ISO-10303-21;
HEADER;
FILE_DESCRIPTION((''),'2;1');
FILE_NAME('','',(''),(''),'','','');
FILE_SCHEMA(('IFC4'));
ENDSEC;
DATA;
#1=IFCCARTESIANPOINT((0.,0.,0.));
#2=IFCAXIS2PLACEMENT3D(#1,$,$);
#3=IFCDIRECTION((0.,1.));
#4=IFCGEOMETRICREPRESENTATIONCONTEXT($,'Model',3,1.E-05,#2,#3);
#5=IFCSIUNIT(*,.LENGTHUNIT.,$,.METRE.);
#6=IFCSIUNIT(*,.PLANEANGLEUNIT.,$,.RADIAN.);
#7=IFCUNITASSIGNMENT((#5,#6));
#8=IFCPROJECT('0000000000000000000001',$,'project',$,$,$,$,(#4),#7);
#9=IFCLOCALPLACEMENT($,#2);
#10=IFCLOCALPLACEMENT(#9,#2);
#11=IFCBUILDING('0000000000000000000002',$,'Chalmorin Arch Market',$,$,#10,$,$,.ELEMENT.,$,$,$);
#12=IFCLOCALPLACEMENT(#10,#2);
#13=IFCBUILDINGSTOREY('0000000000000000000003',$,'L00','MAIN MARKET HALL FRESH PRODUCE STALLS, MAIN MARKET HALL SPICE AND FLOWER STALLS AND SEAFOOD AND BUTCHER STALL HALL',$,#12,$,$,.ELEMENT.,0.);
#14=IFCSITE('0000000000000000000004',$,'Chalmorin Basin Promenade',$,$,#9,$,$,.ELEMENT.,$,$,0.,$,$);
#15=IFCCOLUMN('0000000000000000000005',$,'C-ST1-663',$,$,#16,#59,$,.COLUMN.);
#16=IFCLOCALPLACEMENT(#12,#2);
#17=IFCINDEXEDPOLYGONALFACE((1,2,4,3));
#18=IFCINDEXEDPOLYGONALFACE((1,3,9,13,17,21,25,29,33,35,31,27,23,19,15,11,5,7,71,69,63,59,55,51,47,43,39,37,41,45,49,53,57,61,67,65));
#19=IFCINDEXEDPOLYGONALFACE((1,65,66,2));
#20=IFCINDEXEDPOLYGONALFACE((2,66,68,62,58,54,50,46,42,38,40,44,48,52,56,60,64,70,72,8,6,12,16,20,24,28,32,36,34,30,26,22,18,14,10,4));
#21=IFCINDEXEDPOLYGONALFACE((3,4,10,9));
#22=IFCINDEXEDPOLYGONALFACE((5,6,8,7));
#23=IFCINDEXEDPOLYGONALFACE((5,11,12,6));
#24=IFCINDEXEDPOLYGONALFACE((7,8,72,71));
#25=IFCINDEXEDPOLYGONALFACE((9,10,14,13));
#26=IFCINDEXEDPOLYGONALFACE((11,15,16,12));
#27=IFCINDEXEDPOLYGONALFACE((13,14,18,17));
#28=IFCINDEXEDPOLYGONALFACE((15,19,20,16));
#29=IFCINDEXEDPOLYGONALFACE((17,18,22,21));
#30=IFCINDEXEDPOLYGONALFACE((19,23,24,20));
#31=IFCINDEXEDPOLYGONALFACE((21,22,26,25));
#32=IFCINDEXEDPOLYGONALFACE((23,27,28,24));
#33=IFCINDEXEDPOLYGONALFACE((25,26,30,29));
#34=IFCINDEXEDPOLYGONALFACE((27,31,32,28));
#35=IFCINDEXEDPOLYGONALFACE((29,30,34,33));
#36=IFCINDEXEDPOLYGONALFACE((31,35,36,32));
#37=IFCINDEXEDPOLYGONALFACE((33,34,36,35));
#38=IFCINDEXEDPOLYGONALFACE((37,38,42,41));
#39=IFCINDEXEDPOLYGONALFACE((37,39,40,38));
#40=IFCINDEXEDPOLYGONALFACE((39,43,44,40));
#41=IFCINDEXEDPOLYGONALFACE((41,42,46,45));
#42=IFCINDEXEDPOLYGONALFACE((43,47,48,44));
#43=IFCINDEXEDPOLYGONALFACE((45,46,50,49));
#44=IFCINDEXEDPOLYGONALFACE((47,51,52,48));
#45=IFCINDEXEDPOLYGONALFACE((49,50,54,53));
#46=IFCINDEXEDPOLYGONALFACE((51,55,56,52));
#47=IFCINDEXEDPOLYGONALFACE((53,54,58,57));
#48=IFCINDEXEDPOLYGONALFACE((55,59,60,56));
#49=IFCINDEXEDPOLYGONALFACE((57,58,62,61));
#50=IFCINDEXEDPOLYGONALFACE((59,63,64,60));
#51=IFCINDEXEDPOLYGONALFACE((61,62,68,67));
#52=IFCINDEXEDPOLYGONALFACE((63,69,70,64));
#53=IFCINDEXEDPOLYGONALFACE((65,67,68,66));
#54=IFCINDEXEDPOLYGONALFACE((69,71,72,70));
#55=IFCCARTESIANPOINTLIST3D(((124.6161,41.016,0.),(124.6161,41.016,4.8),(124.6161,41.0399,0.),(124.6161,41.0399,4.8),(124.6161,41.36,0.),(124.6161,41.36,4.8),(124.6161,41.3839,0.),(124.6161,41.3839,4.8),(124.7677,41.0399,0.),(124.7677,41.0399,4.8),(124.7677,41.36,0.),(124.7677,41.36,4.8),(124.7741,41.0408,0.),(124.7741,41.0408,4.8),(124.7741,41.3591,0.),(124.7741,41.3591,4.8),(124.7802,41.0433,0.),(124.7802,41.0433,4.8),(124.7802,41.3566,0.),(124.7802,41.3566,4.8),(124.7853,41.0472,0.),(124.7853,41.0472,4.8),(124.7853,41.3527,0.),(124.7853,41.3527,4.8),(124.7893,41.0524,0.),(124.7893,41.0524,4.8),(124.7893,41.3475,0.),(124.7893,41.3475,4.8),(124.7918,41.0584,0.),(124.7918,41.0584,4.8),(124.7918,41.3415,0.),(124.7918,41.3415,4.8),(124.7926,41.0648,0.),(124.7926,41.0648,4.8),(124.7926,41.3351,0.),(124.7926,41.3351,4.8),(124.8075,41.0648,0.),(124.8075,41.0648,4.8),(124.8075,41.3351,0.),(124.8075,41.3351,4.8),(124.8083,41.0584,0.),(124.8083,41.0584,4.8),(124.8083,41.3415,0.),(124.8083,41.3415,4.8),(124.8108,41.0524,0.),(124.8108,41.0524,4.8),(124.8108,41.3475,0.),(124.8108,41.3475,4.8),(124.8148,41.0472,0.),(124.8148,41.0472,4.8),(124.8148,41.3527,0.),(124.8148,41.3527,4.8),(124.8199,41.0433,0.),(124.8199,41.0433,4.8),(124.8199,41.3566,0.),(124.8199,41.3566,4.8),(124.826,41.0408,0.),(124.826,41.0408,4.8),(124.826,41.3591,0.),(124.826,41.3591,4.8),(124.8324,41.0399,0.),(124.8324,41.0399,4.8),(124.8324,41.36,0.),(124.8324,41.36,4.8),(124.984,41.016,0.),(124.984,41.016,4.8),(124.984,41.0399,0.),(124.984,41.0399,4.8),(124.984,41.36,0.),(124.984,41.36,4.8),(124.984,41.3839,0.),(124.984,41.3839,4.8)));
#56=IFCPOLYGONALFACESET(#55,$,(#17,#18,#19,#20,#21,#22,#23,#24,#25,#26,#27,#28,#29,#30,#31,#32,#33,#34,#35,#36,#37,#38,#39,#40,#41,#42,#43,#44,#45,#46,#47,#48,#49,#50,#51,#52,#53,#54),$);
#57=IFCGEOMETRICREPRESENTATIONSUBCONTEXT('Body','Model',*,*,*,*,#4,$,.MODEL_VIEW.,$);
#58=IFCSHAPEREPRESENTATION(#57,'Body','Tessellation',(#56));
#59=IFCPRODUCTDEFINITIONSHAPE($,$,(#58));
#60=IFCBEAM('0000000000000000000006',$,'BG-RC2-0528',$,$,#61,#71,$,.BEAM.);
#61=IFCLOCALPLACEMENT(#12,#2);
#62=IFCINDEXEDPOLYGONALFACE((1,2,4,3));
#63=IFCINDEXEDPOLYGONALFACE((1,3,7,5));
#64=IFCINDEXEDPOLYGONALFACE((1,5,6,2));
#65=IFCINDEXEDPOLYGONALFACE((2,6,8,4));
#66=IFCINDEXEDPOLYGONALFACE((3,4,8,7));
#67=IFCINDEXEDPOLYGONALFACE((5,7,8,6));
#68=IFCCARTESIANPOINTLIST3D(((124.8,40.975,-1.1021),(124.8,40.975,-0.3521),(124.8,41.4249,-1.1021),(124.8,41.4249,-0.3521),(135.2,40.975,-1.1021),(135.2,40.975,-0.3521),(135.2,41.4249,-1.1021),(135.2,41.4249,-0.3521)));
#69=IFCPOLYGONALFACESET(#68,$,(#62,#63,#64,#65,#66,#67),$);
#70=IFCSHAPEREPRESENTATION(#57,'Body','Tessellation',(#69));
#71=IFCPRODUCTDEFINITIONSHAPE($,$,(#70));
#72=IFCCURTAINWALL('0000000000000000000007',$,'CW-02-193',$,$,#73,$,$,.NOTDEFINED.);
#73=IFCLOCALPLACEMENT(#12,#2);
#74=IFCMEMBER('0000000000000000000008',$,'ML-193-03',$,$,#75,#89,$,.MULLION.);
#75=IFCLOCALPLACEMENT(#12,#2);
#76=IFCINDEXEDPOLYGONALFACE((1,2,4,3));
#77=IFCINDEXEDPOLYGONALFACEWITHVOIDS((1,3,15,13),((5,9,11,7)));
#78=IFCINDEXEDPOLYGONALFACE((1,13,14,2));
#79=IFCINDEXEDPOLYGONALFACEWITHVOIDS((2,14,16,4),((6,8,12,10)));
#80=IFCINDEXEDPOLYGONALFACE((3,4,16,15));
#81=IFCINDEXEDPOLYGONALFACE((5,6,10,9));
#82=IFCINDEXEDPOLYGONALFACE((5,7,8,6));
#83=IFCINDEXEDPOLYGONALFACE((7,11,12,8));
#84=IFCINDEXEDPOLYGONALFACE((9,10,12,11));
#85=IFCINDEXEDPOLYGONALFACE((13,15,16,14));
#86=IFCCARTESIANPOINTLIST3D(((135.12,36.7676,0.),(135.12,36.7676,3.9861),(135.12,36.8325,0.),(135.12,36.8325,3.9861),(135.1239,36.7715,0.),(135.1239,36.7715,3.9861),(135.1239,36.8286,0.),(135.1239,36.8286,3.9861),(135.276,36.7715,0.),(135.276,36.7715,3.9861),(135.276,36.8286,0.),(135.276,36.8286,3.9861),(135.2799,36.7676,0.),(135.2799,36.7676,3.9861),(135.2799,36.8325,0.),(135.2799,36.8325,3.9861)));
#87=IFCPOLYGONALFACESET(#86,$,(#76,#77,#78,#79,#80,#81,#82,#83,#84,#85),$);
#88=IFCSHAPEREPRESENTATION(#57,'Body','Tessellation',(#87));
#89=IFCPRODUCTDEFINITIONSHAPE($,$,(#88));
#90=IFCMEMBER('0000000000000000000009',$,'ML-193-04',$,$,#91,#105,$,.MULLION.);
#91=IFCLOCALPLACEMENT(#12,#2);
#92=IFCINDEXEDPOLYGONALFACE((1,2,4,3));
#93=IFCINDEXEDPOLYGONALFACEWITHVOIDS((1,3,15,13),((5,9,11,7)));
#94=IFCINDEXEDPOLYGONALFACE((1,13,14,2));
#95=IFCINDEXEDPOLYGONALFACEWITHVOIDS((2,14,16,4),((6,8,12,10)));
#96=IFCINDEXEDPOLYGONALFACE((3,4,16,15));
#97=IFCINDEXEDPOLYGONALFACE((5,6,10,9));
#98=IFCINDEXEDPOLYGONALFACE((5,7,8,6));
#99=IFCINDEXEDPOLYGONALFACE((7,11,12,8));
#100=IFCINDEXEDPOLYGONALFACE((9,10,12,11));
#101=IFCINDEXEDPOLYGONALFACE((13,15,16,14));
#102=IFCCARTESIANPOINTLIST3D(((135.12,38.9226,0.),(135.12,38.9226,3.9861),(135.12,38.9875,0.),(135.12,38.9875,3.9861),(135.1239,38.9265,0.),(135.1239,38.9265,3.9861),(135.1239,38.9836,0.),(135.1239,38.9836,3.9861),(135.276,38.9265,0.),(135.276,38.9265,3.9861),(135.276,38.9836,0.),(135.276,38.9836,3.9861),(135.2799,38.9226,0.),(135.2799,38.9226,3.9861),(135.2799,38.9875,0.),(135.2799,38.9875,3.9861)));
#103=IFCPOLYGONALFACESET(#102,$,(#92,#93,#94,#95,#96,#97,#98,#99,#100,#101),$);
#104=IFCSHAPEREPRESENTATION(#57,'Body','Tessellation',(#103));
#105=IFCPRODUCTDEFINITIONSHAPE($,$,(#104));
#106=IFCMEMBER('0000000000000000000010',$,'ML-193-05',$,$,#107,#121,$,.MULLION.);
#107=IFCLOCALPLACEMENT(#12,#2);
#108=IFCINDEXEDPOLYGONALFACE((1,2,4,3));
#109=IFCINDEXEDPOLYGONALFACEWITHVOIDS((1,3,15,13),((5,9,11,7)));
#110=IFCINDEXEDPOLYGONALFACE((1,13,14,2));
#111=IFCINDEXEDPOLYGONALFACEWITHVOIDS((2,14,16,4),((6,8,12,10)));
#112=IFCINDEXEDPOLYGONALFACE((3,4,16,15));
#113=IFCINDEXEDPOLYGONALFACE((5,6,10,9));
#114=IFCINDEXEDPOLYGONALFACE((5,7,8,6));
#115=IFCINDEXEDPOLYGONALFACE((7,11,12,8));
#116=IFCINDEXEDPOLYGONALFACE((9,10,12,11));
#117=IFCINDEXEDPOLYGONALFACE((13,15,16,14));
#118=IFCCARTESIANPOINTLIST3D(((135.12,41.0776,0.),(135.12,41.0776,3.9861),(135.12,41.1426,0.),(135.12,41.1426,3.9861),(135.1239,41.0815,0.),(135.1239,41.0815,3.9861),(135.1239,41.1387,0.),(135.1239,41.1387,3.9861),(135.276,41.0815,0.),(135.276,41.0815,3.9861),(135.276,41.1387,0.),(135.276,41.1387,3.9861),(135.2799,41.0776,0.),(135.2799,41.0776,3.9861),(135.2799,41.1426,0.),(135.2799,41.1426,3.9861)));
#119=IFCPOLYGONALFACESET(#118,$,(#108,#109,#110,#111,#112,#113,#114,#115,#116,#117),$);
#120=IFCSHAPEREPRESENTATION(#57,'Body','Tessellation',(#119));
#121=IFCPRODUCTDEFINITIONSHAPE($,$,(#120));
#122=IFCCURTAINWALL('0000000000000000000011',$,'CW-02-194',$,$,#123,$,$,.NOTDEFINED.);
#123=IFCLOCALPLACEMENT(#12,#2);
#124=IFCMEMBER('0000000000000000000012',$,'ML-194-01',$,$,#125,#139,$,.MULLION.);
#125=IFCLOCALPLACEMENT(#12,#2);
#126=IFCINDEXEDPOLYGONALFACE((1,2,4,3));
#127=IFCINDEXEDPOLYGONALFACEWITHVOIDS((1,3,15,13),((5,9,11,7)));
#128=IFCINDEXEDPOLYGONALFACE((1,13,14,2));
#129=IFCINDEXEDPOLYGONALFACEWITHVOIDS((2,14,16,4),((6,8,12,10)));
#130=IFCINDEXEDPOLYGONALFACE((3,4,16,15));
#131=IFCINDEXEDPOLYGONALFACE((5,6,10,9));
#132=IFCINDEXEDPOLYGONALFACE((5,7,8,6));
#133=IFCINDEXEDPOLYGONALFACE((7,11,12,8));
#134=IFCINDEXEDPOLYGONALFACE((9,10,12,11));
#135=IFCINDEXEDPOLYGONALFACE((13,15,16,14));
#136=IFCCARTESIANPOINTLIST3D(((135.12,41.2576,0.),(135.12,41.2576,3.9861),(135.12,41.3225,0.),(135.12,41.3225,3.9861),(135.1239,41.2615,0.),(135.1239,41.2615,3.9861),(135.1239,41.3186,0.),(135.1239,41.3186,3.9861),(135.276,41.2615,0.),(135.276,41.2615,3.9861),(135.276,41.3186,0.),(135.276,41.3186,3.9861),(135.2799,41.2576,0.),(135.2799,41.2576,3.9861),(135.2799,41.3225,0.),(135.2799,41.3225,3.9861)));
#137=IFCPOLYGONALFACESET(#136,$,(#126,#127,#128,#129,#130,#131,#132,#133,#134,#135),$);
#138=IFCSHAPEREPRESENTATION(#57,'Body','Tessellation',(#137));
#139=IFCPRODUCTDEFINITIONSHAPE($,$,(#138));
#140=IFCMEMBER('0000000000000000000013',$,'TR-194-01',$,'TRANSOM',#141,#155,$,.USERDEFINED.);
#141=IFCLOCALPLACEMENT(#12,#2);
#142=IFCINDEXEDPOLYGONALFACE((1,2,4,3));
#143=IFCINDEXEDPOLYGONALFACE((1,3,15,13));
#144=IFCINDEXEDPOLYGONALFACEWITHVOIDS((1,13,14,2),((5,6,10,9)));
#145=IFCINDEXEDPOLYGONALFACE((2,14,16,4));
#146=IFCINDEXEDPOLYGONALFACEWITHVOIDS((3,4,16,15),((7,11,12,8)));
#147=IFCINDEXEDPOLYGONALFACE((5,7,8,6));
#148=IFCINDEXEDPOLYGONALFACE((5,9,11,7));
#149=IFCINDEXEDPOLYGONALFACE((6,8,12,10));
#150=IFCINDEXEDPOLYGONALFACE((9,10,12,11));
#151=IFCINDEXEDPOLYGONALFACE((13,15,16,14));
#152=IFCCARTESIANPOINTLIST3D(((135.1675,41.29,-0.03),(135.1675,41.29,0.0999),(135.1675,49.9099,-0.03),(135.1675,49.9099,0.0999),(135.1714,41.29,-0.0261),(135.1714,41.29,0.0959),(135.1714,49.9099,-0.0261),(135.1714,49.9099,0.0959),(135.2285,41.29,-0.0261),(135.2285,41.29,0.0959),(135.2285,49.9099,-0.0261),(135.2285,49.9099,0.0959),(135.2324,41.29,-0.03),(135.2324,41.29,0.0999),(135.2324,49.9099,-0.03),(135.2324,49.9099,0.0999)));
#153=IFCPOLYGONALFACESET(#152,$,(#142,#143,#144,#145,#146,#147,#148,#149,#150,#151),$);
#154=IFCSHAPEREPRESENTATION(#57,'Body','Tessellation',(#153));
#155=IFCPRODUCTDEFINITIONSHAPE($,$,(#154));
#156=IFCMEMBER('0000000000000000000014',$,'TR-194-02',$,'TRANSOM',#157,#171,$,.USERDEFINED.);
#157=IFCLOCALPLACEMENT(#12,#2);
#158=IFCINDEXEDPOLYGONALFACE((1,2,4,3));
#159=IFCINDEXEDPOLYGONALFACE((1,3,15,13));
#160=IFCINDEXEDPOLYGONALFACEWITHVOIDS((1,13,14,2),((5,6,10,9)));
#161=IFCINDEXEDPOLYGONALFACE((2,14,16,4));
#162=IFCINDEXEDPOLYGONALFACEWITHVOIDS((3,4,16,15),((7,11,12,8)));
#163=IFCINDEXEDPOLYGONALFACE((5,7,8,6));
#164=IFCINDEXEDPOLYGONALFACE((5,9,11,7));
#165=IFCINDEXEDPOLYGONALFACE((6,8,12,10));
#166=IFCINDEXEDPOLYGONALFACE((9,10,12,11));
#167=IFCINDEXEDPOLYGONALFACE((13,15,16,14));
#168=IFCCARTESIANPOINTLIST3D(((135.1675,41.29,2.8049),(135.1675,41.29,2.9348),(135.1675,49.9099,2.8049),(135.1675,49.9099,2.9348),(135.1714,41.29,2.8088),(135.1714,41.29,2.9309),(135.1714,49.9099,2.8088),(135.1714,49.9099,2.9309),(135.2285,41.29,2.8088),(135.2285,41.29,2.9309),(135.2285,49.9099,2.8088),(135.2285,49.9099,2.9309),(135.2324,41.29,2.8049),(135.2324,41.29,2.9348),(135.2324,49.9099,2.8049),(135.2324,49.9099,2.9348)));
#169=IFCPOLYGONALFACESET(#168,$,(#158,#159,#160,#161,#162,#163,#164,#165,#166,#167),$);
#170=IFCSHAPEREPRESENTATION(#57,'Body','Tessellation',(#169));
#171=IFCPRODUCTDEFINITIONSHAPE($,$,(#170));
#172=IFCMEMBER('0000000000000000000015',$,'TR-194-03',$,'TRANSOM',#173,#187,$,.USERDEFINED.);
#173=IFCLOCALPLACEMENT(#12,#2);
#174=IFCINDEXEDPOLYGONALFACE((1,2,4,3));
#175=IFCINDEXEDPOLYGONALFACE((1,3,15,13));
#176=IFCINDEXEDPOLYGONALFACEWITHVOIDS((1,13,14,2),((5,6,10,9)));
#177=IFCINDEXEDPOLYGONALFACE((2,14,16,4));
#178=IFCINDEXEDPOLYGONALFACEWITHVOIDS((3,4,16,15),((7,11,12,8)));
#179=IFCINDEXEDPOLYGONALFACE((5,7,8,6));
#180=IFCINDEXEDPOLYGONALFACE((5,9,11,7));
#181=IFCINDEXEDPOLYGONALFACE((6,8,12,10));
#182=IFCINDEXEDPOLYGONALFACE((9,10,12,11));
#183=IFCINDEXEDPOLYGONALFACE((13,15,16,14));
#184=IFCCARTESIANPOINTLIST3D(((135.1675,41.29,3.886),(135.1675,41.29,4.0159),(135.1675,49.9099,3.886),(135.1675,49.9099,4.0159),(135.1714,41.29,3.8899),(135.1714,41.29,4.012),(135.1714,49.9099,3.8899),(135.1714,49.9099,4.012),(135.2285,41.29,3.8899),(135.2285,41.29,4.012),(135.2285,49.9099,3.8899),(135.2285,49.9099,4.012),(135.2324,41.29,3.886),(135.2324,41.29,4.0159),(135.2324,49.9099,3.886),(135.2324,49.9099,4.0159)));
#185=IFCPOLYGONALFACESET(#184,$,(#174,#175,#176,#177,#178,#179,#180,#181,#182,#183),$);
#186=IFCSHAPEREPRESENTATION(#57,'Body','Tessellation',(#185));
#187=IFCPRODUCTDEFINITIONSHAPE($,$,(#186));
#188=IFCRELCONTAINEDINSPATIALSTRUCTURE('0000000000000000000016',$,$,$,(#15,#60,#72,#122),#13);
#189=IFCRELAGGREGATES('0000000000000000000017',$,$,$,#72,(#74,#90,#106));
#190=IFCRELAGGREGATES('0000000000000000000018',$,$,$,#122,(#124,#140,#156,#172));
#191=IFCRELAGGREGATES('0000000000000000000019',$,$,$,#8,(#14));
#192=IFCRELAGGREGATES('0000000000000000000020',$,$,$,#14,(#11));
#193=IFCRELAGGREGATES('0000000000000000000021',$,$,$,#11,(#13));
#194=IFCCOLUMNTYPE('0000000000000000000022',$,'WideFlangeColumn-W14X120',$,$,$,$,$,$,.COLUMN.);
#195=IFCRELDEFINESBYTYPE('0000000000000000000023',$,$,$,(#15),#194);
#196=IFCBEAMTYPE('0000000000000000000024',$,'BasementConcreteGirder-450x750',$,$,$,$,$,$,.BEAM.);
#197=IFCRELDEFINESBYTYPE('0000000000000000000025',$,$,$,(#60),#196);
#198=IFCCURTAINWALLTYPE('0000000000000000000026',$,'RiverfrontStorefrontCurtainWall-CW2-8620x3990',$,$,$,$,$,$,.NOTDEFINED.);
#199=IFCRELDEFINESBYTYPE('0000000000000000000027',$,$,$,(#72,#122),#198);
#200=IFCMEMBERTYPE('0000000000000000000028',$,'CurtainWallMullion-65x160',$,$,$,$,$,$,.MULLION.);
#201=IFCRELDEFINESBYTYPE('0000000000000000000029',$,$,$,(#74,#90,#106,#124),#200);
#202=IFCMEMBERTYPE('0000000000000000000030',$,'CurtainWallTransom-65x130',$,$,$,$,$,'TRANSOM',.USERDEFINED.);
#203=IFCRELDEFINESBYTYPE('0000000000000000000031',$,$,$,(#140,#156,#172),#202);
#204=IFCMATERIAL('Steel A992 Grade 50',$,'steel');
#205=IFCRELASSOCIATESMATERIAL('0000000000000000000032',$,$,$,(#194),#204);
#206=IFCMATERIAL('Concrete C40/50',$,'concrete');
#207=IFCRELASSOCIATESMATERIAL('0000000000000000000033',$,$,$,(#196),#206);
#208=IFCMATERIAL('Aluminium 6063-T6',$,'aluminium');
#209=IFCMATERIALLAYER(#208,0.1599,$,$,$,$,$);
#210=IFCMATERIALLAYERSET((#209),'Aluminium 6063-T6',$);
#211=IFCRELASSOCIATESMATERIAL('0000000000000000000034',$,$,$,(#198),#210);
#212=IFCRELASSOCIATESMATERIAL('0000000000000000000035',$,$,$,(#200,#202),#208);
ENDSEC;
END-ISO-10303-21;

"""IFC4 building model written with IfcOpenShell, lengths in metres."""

from ifc_helpers import new_model, si_unit, direction, frame, origin, origin_2d, place, context, subcontext, project, spatial, rectangle, hollow_rectangle, i_section, extrude, material, layer, layer_set, material_profile, profile_set, type_object, element, aggregate, save


model = new_model("IFC4")

# Units and contexts
model_context = context("Model", 3, precision=1e-05, world=origin(), true_north=direction((0.0, 1.0)))
body_context = subcontext(model_context, "Body", "Model", "MODEL_VIEW")
ifc_project = project(units=[si_unit("LENGTHUNIT", "METRE"), si_unit("PLANEANGLEUNIT", "RADIAN")], contexts=[model_context])

# Site, building, storey
site_placement = place(None, origin())
site = spatial("IfcSite", under=ifc_project, at=site_placement, Name="Chalmorin Basin Promenade", CompositionType="ELEMENT", RefElevation=0.0)
building_placement = place(site_placement, origin())
building = spatial("IfcBuilding", under=site, at=building_placement, Name="Chalmorin Arch Market", CompositionType="ELEMENT")
storey_placement = place(building_placement, origin())
storey = spatial("IfcBuildingStorey", under=building, at=storey_placement, Name="L00", Description="MAIN MARKET HALL FRESH PRODUCE STALLS, MAIN MARKET HALL SPICE AND FLOWER STALLS AND SEAFOOD AND BUTCHER STALL HALL", CompositionType="ELEMENT", Elevation=0.0)

# Column
ifc_material_1 = material(Name="Steel A992 Grade 50", Category="steel")
ifc_material_profile_1 = material_profile(ifc_material_1, i_section(OverallWidth=0.3679, OverallDepth=0.3679, WebThickness=0.0149, FlangeThickness=0.0239, FilletRadius=0.0249, at=origin_2d()), Name="W14X120")
ifc_profile_set_1 = profile_set([ifc_material_profile_1], Name="Steel A992 Grade 50")
column_type = type_object("IfcColumnType", Name="WideFlangeColumn-W14X120", PredefinedType="COLUMN", material=ifc_profile_set_1)
column_placement = place(storey_placement, frame((124.8, 41.2, 0.0), z_axis=(0.0, 0.0, 1.0), x_axis=(1.0, 0.0, 0.0)))
element("IfcColumn", 1, at=column_placement, inside=storey, type_object=column_type, Name="C-ST1-663", PredefinedType="COLUMN", context=body_context, shape_type="SweptSolid", body=[
    extrude(i_section(OverallWidth=0.3679, OverallDepth=0.3679, WebThickness=0.0149, FlangeThickness=0.0239, FilletRadius=0.0249, at=origin_2d()), origin(), (0.0, 0.0, 1.0), 4.8),
])

# Beam
ifc_material_2 = material(Name="Concrete C40/50", Category="concrete")
ifc_material_profile_2 = material_profile(ifc_material_2, rectangle(XDim=0.45, YDim=0.75, at=origin_2d()), Name="RC450X750")
ifc_profile_set_2 = profile_set([ifc_material_profile_2], Name="Concrete C40/50")
beam_type_1 = type_object("IfcBeamType", Name="BasementConcreteGirder-450x750", PredefinedType="BEAM", material=ifc_profile_set_2)
beam_1_placement = place(storey_placement, frame((124.8, 41.2, -0.7271), z_axis=(1.0, 0.0, 0.0), x_axis=(0.0, 1.0, 0.0)))
element("IfcBeam", 2, at=beam_1_placement, inside=storey, type_object=beam_type_1, Name="BG-RC2-0528", PredefinedType="BEAM", context=body_context, shape_type="SweptSolid", body=[
    extrude(rectangle(XDim=0.45, YDim=0.75, at=origin_2d()), origin(), (0.0, 0.0, 1.0), 10.3999),
])

# Curtain walls, members
ifc_material_3 = material(Name="Aluminium 6063-T6", Category="aluminium")
ifc_layer_1 = layer(ifc_material_3, 0.1599)
ifc_layer_set_1 = layer_set([ifc_layer_1], Name="Aluminium 6063-T6")
curtain_wall_type = type_object("IfcCurtainWallType", Name="RiverfrontStorefrontCurtainWall-CW2-8620x3990", PredefinedType="NOTDEFINED", material=ifc_layer_set_1)
curtain_wall_1_placement = place(storey_placement, origin())
curtain_wall_1 = element("IfcCurtainWall", 3, at=curtain_wall_1_placement, inside=storey, type_object=curtain_wall_type, Name="CW-02-193", PredefinedType="NOTDEFINED")
ifc_material_profile_3 = material_profile(ifc_material_3, hollow_rectangle(XDim=0.0649, YDim=0.1599, WallThickness=0.0039, at=origin_2d()), Name="ALU65X160X4")
ifc_profile_set_3 = profile_set([ifc_material_profile_3], Name="Aluminium 6063-T6")
member_type_1 = type_object("IfcMemberType", Name="CurtainWallMullion-65x160", PredefinedType="MULLION", material=ifc_profile_set_3)
member_1_placement = place(storey_placement, frame((135.2, 36.8, 0.0), z_axis=(0.0, 0.0, 1.0), x_axis=(0.0, 1.0, 0.0)))
member_1 = element("IfcMember", 4, at=member_1_placement, type_object=member_type_1, Name="ML-193-03", PredefinedType="MULLION", context=body_context, shape_type="SweptSolid", body=[
    extrude(hollow_rectangle(XDim=0.0649, YDim=0.1599, WallThickness=0.0039, at=origin_2d()), origin(), (0.0, 0.0, 1.0), 3.9861),
])
member_2_placement = place(storey_placement, frame((135.2, 38.9551, 0.0), z_axis=(0.0, 0.0, 1.0), x_axis=(0.0, 1.0, 0.0)))
member_2 = element("IfcMember", 5, at=member_2_placement, type_object=member_type_1, Name="ML-193-04", PredefinedType="MULLION", context=body_context, shape_type="SweptSolid", body=[
    extrude(hollow_rectangle(XDim=0.0649, YDim=0.1599, WallThickness=0.0039, at=origin_2d()), origin(), (0.0, 0.0, 1.0), 3.9861),
])
member_3_placement = place(storey_placement, frame((135.2, 41.1101, 0.0), z_axis=(0.0, 0.0, 1.0), x_axis=(0.0, 1.0, 0.0)))
member_3 = element("IfcMember", 6, at=member_3_placement, type_object=member_type_1, Name="ML-193-05", PredefinedType="MULLION", context=body_context, shape_type="SweptSolid", body=[
    extrude(hollow_rectangle(XDim=0.0649, YDim=0.1599, WallThickness=0.0039, at=origin_2d()), origin(), (0.0, 0.0, 1.0), 3.9861),
])
curtain_wall_2_placement = place(storey_placement, origin())
curtain_wall_2 = element("IfcCurtainWall", 7, at=curtain_wall_2_placement, inside=storey, type_object=curtain_wall_type, Name="CW-02-194", PredefinedType="NOTDEFINED")
member_4_placement = place(storey_placement, frame((135.2, 41.29, 0.0), z_axis=(0.0, 0.0, 1.0), x_axis=(0.0, 1.0, 0.0)))
member_4 = element("IfcMember", 8, at=member_4_placement, type_object=member_type_1, Name="ML-194-01", PredefinedType="MULLION", context=body_context, shape_type="SweptSolid", body=[
    extrude(hollow_rectangle(XDim=0.0649, YDim=0.1599, WallThickness=0.0039, at=origin_2d()), origin(), (0.0, 0.0, 1.0), 3.9861),
])
ifc_material_profile_4 = material_profile(ifc_material_3, hollow_rectangle(XDim=0.0649, YDim=0.1299, WallThickness=0.0039, at=origin_2d()), Name="ALU65X130X4")
ifc_profile_set_4 = profile_set([ifc_material_profile_4], Name="Aluminium 6063-T6")
member_type_2 = type_object("IfcMemberType", Name="CurtainWallTransom-65x130", ElementType="TRANSOM", PredefinedType="USERDEFINED", material=ifc_profile_set_4)
member_5_placement = place(storey_placement, frame((135.2, 41.29, 0.0349), z_axis=(0.0, 1.0, 0.0), x_axis=(-1.0, 0.0, 0.0)))
member_5 = element("IfcMember", 9, at=member_5_placement, type_object=member_type_2, Name="TR-194-01", ObjectType="TRANSOM", PredefinedType="USERDEFINED", context=body_context, shape_type="SweptSolid", body=[
    extrude(hollow_rectangle(XDim=0.0649, YDim=0.1299, WallThickness=0.0039, at=origin_2d()), origin(), (0.0, 0.0, 1.0), 8.6199),
])
member_6_placement = place(storey_placement, frame((135.2, 41.29, 2.8699), z_axis=(0.0, 1.0, 0.0), x_axis=(-1.0, 0.0, 0.0)))
member_6 = element("IfcMember", 10, at=member_6_placement, type_object=member_type_2, Name="TR-194-02", ObjectType="TRANSOM", PredefinedType="USERDEFINED", context=body_context, shape_type="SweptSolid", body=[
    extrude(hollow_rectangle(XDim=0.0649, YDim=0.1299, WallThickness=0.0039, at=origin_2d()), origin(), (0.0, 0.0, 1.0), 8.6199),
])
member_7_placement = place(storey_placement, frame((135.2, 41.29, 3.9509), z_axis=(0.0, 1.0, 0.0), x_axis=(-1.0, 0.0, 0.0)))
member_7 = element("IfcMember", 11, at=member_7_placement, type_object=member_type_2, Name="TR-194-03", ObjectType="TRANSOM", PredefinedType="USERDEFINED", context=body_context, shape_type="SweptSolid", body=[
    extrude(hollow_rectangle(XDim=0.0649, YDim=0.1299, WallThickness=0.0039, at=origin_2d()), origin(), (0.0, 0.0, 1.0), 8.6199),
])

aggregate(curtain_wall_1, [member_1, member_2, member_3])
aggregate(curtain_wall_2, [member_4, member_5, member_6, member_7])

save(model, "model.ifc")
